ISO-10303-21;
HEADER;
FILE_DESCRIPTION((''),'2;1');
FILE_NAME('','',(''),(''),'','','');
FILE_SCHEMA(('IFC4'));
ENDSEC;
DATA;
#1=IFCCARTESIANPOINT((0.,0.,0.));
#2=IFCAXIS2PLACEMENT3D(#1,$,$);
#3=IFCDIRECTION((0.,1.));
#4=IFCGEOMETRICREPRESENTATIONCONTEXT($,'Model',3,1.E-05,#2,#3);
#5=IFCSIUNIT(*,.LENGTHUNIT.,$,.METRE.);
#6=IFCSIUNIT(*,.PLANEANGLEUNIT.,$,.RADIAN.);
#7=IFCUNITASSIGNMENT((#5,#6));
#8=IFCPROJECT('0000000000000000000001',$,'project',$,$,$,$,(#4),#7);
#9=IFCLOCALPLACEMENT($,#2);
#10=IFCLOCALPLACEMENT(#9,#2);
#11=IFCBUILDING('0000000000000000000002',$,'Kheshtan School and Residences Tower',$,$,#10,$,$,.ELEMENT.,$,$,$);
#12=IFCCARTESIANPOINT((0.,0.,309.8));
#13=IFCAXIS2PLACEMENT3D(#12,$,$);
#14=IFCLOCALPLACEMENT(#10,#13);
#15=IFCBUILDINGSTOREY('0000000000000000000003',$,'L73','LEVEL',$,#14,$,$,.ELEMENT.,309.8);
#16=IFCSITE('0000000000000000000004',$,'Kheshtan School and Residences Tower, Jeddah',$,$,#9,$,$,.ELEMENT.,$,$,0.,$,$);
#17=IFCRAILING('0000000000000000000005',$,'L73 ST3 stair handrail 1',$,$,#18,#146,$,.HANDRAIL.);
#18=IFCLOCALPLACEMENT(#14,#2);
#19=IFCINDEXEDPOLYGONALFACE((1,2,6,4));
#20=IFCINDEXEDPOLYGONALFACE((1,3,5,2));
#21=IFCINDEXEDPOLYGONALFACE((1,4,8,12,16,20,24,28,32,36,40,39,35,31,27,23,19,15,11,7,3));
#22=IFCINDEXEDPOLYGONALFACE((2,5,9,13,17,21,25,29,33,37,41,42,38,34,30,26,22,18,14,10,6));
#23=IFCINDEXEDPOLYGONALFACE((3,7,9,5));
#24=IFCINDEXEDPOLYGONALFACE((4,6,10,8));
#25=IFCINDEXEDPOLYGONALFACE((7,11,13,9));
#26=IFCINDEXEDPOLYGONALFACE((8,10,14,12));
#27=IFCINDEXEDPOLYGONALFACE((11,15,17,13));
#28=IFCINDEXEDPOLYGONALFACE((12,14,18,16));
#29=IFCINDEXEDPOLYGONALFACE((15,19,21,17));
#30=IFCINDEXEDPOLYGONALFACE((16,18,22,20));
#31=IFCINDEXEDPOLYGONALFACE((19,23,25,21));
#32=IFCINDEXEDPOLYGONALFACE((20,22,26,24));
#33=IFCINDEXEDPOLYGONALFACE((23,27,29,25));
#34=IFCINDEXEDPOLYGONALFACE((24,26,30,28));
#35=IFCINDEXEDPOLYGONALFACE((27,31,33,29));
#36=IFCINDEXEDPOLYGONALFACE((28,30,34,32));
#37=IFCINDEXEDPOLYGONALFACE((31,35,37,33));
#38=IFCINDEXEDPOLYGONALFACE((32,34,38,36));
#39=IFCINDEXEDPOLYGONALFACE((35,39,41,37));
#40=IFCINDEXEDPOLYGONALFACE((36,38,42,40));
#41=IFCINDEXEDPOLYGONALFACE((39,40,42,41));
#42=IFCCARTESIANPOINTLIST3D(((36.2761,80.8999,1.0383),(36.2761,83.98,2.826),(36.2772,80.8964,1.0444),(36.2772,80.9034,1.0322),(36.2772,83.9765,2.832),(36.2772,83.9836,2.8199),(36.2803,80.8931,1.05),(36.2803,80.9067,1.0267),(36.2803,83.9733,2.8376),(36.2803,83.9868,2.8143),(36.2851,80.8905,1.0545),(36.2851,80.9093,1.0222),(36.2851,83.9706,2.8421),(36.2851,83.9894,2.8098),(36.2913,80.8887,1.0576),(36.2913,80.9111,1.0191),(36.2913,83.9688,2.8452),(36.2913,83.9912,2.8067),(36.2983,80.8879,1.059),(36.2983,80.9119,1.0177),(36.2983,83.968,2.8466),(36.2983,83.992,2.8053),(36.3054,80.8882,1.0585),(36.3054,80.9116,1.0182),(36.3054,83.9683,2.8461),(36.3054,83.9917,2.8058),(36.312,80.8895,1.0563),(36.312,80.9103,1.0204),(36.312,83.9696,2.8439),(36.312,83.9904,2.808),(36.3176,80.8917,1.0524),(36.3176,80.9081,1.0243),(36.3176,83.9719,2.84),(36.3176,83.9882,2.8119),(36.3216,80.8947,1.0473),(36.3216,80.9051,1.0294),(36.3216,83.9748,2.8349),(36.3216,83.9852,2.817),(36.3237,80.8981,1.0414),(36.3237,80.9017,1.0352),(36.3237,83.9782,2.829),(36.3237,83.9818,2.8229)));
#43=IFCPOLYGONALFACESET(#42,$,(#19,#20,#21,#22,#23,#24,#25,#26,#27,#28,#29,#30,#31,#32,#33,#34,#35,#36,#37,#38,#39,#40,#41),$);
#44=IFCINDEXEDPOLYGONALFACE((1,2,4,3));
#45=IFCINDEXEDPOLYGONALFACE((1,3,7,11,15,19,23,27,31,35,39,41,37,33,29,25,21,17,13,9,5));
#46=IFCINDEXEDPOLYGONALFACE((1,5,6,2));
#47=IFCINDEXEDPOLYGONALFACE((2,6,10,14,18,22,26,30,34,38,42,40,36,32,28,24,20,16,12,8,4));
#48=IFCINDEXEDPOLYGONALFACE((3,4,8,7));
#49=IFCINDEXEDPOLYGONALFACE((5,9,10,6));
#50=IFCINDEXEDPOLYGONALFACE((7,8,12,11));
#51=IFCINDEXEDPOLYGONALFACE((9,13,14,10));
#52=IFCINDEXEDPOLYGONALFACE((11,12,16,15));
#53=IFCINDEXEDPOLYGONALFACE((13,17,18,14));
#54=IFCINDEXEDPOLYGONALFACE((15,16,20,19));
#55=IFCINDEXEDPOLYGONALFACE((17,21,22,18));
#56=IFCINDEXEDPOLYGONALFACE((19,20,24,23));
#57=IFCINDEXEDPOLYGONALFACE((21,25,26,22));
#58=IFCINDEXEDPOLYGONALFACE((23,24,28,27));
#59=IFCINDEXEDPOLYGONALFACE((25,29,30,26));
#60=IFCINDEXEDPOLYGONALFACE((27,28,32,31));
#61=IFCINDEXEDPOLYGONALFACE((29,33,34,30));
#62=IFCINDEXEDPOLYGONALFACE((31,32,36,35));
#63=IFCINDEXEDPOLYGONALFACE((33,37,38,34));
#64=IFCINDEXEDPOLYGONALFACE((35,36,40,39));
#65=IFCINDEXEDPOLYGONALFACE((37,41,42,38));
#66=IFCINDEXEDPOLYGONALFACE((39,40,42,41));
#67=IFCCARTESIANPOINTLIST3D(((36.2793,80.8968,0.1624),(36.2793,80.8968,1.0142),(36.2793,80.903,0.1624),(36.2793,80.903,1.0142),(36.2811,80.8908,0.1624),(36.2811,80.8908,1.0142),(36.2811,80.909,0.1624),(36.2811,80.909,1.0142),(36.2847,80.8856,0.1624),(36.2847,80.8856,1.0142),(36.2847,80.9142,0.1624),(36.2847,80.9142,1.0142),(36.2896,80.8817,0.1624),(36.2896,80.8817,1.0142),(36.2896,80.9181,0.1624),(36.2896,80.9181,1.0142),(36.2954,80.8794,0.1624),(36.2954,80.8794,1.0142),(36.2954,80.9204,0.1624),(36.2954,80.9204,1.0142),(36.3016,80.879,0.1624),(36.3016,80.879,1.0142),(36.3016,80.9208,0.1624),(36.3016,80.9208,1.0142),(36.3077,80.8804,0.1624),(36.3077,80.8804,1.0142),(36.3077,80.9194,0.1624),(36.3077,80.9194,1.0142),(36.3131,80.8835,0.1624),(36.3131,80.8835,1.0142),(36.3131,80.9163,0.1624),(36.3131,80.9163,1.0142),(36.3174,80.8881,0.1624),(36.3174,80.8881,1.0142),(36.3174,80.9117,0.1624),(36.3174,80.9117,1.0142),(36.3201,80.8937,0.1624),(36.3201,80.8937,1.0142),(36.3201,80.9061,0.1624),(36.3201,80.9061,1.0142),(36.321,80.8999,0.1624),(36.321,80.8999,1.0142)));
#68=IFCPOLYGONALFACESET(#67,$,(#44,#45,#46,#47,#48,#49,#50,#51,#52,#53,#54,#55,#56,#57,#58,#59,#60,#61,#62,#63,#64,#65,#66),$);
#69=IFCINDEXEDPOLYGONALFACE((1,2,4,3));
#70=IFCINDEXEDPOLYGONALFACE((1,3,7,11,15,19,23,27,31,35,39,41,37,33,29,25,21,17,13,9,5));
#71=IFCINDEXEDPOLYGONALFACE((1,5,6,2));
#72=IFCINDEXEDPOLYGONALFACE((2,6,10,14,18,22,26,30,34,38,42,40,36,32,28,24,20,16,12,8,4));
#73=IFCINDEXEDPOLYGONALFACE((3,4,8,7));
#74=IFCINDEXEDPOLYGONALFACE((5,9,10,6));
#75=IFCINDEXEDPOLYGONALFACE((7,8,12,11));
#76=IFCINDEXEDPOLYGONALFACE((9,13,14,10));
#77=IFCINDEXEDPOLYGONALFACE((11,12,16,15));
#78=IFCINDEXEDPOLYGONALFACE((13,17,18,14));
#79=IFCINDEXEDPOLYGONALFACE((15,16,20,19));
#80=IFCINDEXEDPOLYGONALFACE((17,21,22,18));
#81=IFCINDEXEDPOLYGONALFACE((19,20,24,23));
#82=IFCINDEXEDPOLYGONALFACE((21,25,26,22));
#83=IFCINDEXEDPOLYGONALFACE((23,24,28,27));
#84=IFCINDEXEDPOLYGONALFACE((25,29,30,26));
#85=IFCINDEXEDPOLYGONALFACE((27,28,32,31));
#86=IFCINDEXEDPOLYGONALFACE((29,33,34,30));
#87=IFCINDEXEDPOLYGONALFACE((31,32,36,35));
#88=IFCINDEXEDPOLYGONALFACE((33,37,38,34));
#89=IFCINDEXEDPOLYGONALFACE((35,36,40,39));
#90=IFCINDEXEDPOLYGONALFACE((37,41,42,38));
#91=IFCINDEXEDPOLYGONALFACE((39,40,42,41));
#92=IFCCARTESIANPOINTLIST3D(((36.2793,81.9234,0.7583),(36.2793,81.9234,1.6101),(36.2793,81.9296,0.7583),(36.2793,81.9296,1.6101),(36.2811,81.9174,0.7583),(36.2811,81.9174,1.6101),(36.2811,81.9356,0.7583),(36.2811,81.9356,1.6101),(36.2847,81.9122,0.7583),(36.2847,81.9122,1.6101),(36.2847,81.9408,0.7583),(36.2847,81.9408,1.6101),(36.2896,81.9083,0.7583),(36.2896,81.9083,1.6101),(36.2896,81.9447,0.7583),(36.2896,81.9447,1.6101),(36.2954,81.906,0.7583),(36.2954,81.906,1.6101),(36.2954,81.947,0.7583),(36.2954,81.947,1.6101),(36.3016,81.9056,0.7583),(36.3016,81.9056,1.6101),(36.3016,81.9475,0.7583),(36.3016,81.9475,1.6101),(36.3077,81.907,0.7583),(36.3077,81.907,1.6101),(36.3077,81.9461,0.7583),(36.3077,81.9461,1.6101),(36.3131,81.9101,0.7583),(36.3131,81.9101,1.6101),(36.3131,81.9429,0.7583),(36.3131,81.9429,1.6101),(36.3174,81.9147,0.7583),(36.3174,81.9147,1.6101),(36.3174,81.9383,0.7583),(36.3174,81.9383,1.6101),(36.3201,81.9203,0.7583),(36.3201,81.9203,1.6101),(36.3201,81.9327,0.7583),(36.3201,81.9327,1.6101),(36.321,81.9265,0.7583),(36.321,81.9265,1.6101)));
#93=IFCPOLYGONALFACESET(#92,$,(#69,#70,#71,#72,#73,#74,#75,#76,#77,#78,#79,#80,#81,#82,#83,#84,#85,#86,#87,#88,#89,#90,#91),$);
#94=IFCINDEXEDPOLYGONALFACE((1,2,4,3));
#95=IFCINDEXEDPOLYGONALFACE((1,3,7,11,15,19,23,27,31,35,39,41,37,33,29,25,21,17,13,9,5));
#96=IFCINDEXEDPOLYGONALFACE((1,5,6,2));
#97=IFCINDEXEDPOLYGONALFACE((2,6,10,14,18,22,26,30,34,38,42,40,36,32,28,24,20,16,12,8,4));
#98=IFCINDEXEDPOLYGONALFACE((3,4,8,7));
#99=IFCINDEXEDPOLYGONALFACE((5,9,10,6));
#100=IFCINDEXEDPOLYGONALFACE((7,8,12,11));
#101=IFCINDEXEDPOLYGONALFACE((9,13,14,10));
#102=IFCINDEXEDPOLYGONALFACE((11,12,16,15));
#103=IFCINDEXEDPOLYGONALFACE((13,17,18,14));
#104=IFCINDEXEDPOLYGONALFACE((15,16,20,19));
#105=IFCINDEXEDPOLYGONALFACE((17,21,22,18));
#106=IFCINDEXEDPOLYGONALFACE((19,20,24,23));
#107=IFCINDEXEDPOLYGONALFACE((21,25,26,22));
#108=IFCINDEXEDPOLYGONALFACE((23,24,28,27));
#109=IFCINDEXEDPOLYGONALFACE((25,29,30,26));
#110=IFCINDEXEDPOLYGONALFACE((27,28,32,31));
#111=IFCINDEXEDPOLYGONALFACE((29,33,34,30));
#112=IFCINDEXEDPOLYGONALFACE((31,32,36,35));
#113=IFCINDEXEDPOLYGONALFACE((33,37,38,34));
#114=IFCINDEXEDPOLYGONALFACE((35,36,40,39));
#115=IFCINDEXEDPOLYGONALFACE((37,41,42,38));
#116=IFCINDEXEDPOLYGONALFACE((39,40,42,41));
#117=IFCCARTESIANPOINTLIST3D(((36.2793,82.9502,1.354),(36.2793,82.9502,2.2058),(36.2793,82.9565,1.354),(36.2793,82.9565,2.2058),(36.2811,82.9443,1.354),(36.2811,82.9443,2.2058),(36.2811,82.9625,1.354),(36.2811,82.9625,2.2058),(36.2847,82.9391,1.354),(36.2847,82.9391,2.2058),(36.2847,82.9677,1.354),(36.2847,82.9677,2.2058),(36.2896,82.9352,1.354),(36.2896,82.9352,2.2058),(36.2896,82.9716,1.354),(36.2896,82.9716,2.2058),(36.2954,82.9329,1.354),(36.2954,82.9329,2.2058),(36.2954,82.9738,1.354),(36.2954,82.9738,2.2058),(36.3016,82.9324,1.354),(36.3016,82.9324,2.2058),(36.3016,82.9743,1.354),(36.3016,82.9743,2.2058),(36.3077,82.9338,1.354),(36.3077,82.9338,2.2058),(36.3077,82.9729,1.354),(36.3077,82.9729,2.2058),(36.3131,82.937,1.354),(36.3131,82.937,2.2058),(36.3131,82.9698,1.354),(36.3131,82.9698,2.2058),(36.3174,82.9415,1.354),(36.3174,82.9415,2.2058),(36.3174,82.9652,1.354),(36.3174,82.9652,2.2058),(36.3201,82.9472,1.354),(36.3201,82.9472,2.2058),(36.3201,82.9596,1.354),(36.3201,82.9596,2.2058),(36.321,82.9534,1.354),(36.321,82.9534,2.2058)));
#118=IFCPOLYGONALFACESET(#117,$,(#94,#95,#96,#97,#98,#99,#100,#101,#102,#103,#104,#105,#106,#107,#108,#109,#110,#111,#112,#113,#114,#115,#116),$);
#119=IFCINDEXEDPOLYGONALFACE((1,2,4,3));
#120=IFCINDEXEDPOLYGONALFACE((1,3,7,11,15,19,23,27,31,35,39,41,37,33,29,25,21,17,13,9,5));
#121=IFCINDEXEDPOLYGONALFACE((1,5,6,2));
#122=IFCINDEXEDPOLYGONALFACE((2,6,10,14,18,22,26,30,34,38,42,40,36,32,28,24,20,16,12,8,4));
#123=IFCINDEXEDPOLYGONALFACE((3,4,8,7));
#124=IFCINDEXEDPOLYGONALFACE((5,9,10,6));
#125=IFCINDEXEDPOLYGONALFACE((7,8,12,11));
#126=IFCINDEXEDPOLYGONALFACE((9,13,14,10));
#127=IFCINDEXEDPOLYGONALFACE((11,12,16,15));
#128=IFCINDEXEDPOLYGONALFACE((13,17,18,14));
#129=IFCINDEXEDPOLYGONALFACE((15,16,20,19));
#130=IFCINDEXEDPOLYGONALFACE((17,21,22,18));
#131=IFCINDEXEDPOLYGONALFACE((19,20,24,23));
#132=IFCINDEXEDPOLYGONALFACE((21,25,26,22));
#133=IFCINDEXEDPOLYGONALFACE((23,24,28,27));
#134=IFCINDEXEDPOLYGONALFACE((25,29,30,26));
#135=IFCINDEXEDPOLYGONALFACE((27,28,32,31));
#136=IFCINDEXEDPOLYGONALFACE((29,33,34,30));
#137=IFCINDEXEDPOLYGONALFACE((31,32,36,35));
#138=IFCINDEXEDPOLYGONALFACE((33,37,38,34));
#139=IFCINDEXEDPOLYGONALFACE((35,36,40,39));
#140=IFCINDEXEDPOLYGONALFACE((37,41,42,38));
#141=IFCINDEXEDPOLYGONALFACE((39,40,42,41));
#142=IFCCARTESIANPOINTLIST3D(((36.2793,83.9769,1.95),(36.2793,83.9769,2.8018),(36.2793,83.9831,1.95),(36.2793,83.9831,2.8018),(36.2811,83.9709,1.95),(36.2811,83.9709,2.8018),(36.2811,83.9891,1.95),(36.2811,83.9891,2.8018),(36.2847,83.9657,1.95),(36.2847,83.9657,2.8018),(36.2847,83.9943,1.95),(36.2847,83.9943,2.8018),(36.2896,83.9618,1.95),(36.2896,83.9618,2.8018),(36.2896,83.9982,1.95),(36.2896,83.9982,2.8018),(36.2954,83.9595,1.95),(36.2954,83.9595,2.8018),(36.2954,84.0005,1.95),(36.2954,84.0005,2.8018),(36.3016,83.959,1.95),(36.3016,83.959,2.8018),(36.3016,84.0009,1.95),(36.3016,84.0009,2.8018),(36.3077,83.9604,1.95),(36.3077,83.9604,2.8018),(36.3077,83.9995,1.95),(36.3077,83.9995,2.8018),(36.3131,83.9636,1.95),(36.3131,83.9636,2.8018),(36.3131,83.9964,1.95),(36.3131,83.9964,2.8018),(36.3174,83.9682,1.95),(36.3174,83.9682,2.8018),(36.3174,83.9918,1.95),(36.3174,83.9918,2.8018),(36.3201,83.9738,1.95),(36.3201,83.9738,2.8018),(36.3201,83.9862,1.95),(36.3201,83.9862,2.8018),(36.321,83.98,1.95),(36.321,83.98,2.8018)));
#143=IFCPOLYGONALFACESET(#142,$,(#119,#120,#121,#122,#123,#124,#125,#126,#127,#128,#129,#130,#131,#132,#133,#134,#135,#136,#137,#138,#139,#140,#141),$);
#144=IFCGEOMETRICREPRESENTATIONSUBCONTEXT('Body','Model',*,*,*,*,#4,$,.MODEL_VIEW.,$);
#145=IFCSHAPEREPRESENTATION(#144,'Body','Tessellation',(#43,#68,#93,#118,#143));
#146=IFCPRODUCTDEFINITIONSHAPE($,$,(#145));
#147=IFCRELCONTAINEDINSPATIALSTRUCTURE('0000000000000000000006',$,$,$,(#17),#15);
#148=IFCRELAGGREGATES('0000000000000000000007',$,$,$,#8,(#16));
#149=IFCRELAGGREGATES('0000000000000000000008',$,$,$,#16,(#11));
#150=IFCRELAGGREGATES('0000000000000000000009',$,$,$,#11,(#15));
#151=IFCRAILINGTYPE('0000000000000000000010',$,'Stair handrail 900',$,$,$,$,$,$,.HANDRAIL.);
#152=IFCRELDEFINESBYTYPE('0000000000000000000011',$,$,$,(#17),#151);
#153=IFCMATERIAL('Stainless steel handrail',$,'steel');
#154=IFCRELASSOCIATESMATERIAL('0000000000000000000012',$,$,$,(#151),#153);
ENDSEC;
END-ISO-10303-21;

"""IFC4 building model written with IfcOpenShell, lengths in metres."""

from ifc_helpers import new_model, si_unit, direction, frame, origin, origin_2d, place, context, subcontext, project, spatial, circle, extrude, material, type_object, element, save


model = new_model("IFC4")

# Units and contexts
model_context = context("Model", 3, precision=1e-05, world=origin(), true_north=direction((0.0, 1.0)))
body_context = subcontext(model_context, "Body", "Model", "MODEL_VIEW")
ifc_project = project(units=[si_unit("LENGTHUNIT", "METRE"), si_unit("PLANEANGLEUNIT", "RADIAN")], contexts=[model_context])

# Site, building, storey
site_placement = place(None, origin())
site = spatial("IfcSite", under=ifc_project, at=site_placement, Name="Kheshtan School and Residences Tower, Jeddah", CompositionType="ELEMENT", RefElevation=0.0)
building_placement = place(site_placement, origin())
building = spatial("IfcBuilding", under=site, at=building_placement, Name="Kheshtan School and Residences Tower", CompositionType="ELEMENT")
storey_placement = place(building_placement, frame((0.0, 0.0, 309.8)))
storey = spatial("IfcBuildingStorey", under=building, at=storey_placement, Name="L73", Description="LEVEL", CompositionType="ELEMENT", Elevation=309.8)

# Railing
ifc_material_1 = material(Name="Stainless steel handrail", Category="steel")
railing_type_1 = type_object("IfcRailingType", Name="Stair handrail 900", PredefinedType="HANDRAIL", material=ifc_material_1)
railing_1_placement = place(storey_placement, frame((36.3, 80.8999, 0.1624)))
element("IfcRailing", 1, at=railing_1_placement, inside=storey, type_object=railing_type_1, Name="L73 ST3 stair handrail 1", PredefinedType="HANDRAIL", context=body_context, shape_type="SweptSolid", body=[
    extrude(circle(Radius=0.0239, at=origin_2d()), frame((0.0, 0.0, 0.876), z_axis=(0.0, 0.864891, 0.50196), x_axis=(-1.0, 0.0, 0.0)), (0.0, 0.0, 1.0), 3.5613),
    extrude(circle(Radius=0.021, at=origin_2d()), origin(), (0.0, 0.0, 1.0), 0.8518),
    extrude(circle(Radius=0.021, at=origin_2d()), frame((0.0, 1.0266, 0.5959)), (0.0, 0.0, 1.0), 0.8518),
    extrude(circle(Radius=0.021, at=origin_2d()), frame((0.0, 2.0535, 1.1917)), (0.0, 0.0, 1.0), 0.8518),
    extrude(circle(Radius=0.021, at=origin_2d()), frame((0.0, 3.0801, 1.7876)), (0.0, 0.0, 1.0), 0.8518),
])

save(model, "model.ifc")
